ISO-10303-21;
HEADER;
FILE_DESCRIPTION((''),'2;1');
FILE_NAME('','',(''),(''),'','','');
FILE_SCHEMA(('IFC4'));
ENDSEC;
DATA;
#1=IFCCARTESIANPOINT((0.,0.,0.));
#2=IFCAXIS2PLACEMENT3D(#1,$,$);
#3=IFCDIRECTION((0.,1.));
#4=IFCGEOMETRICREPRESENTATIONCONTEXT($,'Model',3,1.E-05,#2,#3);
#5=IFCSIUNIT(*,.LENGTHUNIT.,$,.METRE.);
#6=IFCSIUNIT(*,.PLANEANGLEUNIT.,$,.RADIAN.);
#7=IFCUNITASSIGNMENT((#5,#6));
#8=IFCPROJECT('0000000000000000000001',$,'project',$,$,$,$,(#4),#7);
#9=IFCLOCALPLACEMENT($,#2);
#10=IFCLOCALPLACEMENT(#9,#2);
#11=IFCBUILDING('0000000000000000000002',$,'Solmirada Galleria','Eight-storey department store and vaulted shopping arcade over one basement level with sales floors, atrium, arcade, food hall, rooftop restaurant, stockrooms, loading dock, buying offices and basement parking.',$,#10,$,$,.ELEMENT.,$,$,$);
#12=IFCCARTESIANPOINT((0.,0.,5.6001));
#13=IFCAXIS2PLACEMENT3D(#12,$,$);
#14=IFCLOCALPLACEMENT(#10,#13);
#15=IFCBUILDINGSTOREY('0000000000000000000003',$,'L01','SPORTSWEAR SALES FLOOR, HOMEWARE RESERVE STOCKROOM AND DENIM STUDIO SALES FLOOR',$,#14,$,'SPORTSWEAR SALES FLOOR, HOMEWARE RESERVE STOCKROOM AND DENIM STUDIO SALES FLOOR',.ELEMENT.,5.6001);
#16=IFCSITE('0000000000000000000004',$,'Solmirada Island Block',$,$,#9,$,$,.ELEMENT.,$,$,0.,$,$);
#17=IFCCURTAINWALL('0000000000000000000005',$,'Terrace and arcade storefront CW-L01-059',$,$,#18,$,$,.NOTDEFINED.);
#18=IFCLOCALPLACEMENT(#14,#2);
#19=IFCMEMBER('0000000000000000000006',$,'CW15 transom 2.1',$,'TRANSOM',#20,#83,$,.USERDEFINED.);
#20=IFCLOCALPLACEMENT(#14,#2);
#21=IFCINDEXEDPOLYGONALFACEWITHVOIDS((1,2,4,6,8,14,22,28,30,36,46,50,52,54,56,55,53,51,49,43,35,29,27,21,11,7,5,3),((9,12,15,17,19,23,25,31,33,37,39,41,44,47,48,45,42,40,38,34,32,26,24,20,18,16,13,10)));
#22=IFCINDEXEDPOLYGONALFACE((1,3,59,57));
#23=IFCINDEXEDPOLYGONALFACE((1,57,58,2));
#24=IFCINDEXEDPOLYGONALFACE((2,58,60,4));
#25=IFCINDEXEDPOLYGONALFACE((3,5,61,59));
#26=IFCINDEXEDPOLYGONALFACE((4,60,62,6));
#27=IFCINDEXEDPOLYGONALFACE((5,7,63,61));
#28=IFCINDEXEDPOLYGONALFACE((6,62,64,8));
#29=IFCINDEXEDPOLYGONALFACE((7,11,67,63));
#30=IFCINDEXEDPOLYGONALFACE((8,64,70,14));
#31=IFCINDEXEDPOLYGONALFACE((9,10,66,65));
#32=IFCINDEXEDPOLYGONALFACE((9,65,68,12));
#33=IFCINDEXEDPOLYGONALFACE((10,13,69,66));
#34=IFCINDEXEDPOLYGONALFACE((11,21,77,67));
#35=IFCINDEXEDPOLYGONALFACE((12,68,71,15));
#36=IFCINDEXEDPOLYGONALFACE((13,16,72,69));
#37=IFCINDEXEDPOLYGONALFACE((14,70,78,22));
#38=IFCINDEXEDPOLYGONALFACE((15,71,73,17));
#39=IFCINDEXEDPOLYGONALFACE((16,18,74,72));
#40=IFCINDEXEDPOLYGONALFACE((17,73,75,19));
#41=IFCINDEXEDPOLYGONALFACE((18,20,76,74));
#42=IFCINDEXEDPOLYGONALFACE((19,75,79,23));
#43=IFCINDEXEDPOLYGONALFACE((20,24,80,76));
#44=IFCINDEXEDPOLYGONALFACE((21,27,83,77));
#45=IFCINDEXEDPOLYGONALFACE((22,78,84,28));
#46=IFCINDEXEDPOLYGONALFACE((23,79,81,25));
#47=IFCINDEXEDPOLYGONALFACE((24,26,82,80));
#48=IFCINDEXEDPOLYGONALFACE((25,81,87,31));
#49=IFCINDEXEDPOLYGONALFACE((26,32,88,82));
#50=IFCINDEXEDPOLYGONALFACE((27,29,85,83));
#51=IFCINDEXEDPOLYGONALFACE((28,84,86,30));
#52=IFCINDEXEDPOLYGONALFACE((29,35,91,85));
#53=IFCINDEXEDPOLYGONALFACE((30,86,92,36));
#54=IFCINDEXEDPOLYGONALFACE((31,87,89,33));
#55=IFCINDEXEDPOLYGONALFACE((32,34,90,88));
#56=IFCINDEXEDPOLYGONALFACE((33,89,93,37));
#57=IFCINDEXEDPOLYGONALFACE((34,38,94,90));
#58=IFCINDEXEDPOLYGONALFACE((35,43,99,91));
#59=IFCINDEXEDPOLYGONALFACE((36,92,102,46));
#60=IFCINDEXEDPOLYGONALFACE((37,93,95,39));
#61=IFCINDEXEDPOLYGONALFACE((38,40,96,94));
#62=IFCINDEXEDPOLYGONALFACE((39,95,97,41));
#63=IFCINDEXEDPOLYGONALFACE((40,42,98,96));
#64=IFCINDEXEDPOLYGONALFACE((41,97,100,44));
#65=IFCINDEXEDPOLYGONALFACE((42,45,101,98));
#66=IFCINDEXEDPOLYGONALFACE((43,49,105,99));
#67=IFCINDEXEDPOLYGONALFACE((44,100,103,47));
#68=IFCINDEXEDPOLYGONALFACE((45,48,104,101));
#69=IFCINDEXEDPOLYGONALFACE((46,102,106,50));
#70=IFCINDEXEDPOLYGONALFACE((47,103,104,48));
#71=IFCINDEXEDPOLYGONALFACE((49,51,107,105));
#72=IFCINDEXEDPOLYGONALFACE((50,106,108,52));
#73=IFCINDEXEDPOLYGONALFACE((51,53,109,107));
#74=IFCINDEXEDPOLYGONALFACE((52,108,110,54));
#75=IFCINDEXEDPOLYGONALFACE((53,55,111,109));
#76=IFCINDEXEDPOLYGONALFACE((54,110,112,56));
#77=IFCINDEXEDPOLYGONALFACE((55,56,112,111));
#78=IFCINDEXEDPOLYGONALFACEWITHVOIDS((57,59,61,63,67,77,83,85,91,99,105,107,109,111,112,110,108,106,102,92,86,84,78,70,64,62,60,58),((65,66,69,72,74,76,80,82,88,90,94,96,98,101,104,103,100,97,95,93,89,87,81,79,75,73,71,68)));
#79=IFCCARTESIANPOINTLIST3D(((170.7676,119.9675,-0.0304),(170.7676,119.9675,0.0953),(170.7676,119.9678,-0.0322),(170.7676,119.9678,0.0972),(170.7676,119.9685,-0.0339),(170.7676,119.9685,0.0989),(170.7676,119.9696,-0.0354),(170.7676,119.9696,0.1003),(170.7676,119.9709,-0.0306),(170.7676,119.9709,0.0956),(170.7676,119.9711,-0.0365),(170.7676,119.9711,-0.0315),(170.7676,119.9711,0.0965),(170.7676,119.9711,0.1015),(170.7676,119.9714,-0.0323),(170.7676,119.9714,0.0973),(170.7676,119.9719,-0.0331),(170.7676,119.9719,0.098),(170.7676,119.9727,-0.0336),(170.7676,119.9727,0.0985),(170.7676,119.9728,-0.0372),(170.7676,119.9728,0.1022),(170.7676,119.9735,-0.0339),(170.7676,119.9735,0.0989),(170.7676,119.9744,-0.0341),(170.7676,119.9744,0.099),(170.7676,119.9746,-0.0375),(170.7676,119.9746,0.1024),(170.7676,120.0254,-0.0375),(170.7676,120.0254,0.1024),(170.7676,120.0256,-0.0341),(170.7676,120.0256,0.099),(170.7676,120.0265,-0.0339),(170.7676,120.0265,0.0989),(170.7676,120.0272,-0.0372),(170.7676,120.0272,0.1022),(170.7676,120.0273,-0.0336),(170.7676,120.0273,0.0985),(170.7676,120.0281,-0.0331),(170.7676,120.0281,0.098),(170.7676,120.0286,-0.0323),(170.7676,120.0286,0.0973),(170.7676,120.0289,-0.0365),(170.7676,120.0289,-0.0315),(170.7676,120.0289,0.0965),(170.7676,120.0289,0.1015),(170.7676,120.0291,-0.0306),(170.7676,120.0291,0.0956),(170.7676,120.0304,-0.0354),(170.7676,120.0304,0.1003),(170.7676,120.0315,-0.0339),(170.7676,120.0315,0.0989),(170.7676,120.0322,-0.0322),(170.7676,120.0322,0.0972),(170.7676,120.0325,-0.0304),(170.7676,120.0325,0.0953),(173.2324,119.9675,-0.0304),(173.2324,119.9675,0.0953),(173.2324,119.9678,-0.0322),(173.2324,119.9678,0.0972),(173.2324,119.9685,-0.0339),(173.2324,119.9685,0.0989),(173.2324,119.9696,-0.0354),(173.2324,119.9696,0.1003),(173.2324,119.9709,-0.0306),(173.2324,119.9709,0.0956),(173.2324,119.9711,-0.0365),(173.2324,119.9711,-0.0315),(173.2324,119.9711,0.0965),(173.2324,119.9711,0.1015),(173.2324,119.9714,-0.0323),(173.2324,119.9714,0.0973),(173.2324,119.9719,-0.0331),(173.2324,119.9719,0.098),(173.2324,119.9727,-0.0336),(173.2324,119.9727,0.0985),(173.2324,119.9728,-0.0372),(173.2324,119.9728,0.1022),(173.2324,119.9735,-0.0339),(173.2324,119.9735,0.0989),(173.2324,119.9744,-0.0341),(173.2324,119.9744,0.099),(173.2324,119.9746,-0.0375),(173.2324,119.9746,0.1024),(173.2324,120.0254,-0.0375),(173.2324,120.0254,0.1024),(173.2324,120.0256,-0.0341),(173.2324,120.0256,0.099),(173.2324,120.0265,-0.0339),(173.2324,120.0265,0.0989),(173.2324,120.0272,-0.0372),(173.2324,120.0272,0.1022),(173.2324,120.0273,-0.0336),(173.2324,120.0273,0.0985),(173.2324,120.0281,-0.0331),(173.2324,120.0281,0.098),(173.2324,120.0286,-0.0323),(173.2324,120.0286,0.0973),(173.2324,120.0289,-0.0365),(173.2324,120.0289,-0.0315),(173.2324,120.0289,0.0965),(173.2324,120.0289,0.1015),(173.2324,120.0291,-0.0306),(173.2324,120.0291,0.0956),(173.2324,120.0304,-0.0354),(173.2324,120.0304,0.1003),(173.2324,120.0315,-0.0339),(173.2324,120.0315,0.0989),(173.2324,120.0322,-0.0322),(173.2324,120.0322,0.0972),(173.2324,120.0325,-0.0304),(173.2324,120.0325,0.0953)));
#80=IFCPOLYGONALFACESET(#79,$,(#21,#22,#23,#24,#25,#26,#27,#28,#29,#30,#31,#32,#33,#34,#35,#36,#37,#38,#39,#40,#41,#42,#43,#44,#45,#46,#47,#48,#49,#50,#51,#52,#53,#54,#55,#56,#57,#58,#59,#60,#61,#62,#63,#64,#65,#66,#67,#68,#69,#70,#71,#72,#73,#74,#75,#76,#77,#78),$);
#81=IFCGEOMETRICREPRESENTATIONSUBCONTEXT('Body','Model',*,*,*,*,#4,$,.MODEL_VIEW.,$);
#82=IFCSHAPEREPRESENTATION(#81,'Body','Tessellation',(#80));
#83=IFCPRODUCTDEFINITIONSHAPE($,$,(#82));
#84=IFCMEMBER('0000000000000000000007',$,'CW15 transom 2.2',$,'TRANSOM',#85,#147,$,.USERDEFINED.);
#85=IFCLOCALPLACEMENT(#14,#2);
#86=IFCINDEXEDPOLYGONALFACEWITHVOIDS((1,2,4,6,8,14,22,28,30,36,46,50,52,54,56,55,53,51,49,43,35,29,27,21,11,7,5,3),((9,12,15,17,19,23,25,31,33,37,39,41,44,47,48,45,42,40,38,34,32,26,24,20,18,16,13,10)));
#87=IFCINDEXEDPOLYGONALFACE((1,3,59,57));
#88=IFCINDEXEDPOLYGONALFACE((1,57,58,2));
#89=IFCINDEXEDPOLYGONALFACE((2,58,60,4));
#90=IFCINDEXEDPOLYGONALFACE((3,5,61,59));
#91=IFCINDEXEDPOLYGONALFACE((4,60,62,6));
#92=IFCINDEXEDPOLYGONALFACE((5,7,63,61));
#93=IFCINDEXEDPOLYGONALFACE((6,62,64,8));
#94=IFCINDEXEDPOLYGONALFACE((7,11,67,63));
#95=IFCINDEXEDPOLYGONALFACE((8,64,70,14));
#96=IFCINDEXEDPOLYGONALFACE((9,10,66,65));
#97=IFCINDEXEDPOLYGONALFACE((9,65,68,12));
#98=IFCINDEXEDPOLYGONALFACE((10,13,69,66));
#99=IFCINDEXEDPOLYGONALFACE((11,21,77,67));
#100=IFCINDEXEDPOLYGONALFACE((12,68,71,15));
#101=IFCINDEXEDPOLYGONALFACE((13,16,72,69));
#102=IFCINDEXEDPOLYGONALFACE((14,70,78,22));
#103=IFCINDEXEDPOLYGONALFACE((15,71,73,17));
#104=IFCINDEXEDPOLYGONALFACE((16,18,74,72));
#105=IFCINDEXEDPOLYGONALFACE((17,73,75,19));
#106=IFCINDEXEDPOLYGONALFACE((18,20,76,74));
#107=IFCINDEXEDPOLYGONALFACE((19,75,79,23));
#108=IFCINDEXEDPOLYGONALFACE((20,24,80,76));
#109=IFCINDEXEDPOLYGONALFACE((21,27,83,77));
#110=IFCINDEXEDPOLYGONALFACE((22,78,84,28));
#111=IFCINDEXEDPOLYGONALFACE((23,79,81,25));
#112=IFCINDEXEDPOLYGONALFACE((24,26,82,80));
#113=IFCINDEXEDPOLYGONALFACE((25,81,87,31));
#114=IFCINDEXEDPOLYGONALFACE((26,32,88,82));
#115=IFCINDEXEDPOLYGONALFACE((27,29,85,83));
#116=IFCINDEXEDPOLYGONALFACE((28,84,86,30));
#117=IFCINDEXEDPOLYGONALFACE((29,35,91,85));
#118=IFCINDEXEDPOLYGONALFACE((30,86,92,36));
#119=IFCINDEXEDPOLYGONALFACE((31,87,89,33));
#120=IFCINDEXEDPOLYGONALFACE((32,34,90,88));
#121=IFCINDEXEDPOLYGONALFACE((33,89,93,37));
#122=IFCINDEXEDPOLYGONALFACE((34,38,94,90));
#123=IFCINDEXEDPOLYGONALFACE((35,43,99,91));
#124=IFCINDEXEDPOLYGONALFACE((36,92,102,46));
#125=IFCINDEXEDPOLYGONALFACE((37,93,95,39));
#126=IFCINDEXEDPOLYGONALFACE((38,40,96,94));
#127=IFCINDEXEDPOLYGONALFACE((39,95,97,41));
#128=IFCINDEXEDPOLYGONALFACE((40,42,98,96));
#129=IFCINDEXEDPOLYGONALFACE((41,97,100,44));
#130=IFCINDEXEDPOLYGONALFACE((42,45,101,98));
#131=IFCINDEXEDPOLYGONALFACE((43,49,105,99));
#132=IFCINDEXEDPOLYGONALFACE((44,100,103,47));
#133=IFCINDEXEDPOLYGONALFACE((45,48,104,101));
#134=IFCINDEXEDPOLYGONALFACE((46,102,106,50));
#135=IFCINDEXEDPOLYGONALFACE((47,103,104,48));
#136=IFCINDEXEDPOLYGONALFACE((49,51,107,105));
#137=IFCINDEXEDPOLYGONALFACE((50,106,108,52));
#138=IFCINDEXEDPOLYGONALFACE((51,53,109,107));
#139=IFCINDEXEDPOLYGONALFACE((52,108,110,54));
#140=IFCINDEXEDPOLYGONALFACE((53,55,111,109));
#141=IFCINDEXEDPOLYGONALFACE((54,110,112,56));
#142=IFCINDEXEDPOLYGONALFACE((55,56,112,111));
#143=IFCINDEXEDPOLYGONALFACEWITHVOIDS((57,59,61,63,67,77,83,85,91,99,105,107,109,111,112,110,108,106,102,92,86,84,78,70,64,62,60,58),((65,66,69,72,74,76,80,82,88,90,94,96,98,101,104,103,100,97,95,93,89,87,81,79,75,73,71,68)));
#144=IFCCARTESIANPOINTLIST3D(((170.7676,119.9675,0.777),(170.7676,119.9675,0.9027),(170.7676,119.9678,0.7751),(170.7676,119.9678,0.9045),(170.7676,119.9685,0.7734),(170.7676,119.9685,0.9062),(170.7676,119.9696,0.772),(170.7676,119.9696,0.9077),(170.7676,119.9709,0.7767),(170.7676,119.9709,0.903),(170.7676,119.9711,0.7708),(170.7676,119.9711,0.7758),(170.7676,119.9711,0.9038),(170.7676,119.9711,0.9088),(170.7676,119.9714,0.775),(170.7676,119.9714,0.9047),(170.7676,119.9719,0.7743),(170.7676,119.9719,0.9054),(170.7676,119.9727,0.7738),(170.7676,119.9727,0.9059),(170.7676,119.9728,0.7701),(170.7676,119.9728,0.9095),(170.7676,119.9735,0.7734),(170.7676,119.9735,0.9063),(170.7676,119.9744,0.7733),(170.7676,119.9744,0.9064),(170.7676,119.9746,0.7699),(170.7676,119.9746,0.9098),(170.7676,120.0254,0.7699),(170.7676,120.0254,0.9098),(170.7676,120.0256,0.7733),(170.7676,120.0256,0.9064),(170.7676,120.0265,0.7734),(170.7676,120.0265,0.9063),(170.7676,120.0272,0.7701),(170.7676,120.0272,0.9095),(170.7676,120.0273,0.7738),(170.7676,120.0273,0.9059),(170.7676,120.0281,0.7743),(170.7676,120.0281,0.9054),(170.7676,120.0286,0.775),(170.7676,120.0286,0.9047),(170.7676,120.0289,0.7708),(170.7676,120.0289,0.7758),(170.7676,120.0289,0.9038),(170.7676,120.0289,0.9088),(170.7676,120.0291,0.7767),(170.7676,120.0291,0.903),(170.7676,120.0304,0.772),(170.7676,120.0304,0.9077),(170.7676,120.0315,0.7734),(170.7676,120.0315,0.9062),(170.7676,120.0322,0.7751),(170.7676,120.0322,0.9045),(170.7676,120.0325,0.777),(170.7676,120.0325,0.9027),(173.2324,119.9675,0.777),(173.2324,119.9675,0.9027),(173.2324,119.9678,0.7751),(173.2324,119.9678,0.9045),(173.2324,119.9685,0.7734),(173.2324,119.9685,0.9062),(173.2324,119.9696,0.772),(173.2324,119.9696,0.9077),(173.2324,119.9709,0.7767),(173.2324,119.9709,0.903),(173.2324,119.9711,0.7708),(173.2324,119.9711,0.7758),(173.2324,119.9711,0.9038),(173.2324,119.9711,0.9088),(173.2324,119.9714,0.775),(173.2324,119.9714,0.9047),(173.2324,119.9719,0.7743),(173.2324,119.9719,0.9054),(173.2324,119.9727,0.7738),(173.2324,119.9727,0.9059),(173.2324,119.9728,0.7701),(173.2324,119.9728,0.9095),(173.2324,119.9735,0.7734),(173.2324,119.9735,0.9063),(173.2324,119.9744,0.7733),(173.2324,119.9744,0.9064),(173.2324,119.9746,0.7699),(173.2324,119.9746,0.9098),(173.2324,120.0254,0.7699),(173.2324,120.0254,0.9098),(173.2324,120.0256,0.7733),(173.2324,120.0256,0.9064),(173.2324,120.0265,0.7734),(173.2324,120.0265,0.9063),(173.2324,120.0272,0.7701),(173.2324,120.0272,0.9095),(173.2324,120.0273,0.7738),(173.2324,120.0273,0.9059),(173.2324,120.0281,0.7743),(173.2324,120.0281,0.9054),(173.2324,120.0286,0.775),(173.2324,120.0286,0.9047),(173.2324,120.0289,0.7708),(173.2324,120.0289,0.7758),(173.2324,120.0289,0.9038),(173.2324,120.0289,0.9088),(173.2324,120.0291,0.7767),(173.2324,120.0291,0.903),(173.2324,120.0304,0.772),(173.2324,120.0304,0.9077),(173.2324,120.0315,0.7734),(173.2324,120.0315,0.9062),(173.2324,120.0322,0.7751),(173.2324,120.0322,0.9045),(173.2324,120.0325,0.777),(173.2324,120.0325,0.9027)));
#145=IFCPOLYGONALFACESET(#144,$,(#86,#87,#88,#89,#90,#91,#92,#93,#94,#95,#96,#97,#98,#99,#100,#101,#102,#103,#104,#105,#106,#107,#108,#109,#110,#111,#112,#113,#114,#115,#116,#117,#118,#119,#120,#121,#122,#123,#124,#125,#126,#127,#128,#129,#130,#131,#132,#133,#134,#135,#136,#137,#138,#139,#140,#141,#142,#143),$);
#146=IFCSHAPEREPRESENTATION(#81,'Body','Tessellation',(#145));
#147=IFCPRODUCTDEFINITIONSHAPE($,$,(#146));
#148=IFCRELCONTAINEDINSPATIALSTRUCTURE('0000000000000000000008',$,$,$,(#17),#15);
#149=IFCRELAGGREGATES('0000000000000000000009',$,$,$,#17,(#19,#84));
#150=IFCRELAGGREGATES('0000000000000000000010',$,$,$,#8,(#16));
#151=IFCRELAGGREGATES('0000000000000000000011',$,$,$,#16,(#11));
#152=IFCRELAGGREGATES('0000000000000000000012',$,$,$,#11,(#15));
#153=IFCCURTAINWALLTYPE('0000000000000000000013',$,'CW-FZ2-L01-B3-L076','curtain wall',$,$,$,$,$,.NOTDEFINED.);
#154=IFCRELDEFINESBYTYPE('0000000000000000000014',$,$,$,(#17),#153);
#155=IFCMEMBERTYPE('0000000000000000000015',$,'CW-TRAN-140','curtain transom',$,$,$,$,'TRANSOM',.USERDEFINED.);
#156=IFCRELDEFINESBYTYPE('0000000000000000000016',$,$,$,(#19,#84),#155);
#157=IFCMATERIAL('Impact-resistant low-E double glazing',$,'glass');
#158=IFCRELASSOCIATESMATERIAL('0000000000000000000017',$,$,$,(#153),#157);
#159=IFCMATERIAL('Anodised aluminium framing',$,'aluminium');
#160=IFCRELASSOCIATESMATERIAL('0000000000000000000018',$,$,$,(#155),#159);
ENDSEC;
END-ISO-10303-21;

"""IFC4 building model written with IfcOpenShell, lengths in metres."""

from ifc_helpers import new_model, si_unit, direction, frame, origin, origin_2d, place, context, subcontext, project, spatial, hollow_rectangle, extrude, material, material_profile, profile_set, type_object, element, aggregate, save


model = new_model("IFC4")

# Units and contexts
model_context = context("Model", 3, precision=1e-05, world=origin(), true_north=direction((0.0, 1.0)))
body_context = subcontext(model_context, "Body", "Model", "MODEL_VIEW")
ifc_project = project(units=[si_unit("LENGTHUNIT", "METRE"), si_unit("PLANEANGLEUNIT", "RADIAN")], contexts=[model_context])

# Site, building, storey
site_placement = place(None, origin())
site = spatial("IfcSite", under=ifc_project, at=site_placement, Name="Solmirada Island Block", CompositionType="ELEMENT", RefElevation=0.0)
building_placement = place(site_placement, origin())
building = spatial("IfcBuilding", under=site, at=building_placement, Name="Solmirada Galleria", Description="Eight-storey department store and vaulted shopping arcade over one basement level with sales floors, atrium, arcade, food hall, rooftop restaurant, stockrooms, loading dock, buying offices and basement parking.", CompositionType="ELEMENT")
storey_placement = place(building_placement, frame((0.0, 0.0, 5.6001)))
storey = spatial("IfcBuildingStorey", under=building, at=storey_placement, Name="L01", Description="SPORTSWEAR SALES FLOOR, HOMEWARE RESERVE STOCKROOM AND DENIM STUDIO SALES FLOOR", LongName="SPORTSWEAR SALES FLOOR, HOMEWARE RESERVE STOCKROOM AND DENIM STUDIO SALES FLOOR", CompositionType="ELEMENT", Elevation=5.6001)

# Curtain wall
ifc_material_1 = material(Name="Impact-resistant low-E double glazing", Category="glass")
curtain_wall_type = type_object("IfcCurtainWallType", Name="CW-FZ2-L01-B3-L076", Description="curtain wall", PredefinedType="NOTDEFINED", material=ifc_material_1)
curtain_wall_1_placement = place(storey_placement, origin())
curtain_wall_1 = element("IfcCurtainWall", 1, at=curtain_wall_1_placement, inside=storey, type_object=curtain_wall_type, Name="Terrace and arcade storefront CW-L01-059", PredefinedType="NOTDEFINED")
ifc_material_2 = material(Name="Anodised aluminium framing", Category="aluminium")

# Members
ifc_material_profile_1 = material_profile(ifc_material_2, hollow_rectangle(XDim=0.0649, YDim=0.1399, WallThickness=0.0034, InnerFilletRadius=0.0034, OuterFilletRadius=0.0071, at=origin_2d()), Name="ALU-TRAN-140X65")
ifc_profile_set_1 = profile_set([ifc_material_profile_1], Name="Anodised aluminium framing")
member_type_1 = type_object("IfcMemberType", Name="CW-TRAN-140", Description="curtain transom", ElementType="TRANSOM", PredefinedType="USERDEFINED", material=ifc_profile_set_1)
member_1_placement = place(storey_placement, frame((170.7676, 120.0, 0.0325), z_axis=(1.0, 0.0, 0.0), x_axis=(0.0, 1.0, 0.0)))
member_1 = element("IfcMember", 2, at=member_1_placement, type_object=member_type_1, Name="CW15 transom 2.1", ObjectType="TRANSOM", PredefinedType="USERDEFINED", context=body_context, shape_type="SweptSolid", body=[
    extrude(hollow_rectangle(XDim=0.0649, YDim=0.1399, WallThickness=0.0034, InnerFilletRadius=0.0034, OuterFilletRadius=0.0071, at=origin_2d()), origin(), (0.0, 0.0, 1.0), 2.4648),
])
member_2_placement = place(storey_placement, frame((170.7676, 120.0, 0.8398), z_axis=(1.0, 0.0, 0.0), x_axis=(0.0, 1.0, 0.0)))
member_2 = element("IfcMember", 3, at=member_2_placement, type_object=member_type_1, Name="CW15 transom 2.2", ObjectType="TRANSOM", PredefinedType="USERDEFINED", context=body_context, shape_type="SweptSolid", body=[
    extrude(hollow_rectangle(XDim=0.0649, YDim=0.1399, WallThickness=0.0034, InnerFilletRadius=0.0034, OuterFilletRadius=0.0071, at=origin_2d()), origin(), (0.0, 0.0, 1.0), 2.4648),
])

aggregate(curtain_wall_1, [member_1, member_2])

save(model, "model.ifc")
